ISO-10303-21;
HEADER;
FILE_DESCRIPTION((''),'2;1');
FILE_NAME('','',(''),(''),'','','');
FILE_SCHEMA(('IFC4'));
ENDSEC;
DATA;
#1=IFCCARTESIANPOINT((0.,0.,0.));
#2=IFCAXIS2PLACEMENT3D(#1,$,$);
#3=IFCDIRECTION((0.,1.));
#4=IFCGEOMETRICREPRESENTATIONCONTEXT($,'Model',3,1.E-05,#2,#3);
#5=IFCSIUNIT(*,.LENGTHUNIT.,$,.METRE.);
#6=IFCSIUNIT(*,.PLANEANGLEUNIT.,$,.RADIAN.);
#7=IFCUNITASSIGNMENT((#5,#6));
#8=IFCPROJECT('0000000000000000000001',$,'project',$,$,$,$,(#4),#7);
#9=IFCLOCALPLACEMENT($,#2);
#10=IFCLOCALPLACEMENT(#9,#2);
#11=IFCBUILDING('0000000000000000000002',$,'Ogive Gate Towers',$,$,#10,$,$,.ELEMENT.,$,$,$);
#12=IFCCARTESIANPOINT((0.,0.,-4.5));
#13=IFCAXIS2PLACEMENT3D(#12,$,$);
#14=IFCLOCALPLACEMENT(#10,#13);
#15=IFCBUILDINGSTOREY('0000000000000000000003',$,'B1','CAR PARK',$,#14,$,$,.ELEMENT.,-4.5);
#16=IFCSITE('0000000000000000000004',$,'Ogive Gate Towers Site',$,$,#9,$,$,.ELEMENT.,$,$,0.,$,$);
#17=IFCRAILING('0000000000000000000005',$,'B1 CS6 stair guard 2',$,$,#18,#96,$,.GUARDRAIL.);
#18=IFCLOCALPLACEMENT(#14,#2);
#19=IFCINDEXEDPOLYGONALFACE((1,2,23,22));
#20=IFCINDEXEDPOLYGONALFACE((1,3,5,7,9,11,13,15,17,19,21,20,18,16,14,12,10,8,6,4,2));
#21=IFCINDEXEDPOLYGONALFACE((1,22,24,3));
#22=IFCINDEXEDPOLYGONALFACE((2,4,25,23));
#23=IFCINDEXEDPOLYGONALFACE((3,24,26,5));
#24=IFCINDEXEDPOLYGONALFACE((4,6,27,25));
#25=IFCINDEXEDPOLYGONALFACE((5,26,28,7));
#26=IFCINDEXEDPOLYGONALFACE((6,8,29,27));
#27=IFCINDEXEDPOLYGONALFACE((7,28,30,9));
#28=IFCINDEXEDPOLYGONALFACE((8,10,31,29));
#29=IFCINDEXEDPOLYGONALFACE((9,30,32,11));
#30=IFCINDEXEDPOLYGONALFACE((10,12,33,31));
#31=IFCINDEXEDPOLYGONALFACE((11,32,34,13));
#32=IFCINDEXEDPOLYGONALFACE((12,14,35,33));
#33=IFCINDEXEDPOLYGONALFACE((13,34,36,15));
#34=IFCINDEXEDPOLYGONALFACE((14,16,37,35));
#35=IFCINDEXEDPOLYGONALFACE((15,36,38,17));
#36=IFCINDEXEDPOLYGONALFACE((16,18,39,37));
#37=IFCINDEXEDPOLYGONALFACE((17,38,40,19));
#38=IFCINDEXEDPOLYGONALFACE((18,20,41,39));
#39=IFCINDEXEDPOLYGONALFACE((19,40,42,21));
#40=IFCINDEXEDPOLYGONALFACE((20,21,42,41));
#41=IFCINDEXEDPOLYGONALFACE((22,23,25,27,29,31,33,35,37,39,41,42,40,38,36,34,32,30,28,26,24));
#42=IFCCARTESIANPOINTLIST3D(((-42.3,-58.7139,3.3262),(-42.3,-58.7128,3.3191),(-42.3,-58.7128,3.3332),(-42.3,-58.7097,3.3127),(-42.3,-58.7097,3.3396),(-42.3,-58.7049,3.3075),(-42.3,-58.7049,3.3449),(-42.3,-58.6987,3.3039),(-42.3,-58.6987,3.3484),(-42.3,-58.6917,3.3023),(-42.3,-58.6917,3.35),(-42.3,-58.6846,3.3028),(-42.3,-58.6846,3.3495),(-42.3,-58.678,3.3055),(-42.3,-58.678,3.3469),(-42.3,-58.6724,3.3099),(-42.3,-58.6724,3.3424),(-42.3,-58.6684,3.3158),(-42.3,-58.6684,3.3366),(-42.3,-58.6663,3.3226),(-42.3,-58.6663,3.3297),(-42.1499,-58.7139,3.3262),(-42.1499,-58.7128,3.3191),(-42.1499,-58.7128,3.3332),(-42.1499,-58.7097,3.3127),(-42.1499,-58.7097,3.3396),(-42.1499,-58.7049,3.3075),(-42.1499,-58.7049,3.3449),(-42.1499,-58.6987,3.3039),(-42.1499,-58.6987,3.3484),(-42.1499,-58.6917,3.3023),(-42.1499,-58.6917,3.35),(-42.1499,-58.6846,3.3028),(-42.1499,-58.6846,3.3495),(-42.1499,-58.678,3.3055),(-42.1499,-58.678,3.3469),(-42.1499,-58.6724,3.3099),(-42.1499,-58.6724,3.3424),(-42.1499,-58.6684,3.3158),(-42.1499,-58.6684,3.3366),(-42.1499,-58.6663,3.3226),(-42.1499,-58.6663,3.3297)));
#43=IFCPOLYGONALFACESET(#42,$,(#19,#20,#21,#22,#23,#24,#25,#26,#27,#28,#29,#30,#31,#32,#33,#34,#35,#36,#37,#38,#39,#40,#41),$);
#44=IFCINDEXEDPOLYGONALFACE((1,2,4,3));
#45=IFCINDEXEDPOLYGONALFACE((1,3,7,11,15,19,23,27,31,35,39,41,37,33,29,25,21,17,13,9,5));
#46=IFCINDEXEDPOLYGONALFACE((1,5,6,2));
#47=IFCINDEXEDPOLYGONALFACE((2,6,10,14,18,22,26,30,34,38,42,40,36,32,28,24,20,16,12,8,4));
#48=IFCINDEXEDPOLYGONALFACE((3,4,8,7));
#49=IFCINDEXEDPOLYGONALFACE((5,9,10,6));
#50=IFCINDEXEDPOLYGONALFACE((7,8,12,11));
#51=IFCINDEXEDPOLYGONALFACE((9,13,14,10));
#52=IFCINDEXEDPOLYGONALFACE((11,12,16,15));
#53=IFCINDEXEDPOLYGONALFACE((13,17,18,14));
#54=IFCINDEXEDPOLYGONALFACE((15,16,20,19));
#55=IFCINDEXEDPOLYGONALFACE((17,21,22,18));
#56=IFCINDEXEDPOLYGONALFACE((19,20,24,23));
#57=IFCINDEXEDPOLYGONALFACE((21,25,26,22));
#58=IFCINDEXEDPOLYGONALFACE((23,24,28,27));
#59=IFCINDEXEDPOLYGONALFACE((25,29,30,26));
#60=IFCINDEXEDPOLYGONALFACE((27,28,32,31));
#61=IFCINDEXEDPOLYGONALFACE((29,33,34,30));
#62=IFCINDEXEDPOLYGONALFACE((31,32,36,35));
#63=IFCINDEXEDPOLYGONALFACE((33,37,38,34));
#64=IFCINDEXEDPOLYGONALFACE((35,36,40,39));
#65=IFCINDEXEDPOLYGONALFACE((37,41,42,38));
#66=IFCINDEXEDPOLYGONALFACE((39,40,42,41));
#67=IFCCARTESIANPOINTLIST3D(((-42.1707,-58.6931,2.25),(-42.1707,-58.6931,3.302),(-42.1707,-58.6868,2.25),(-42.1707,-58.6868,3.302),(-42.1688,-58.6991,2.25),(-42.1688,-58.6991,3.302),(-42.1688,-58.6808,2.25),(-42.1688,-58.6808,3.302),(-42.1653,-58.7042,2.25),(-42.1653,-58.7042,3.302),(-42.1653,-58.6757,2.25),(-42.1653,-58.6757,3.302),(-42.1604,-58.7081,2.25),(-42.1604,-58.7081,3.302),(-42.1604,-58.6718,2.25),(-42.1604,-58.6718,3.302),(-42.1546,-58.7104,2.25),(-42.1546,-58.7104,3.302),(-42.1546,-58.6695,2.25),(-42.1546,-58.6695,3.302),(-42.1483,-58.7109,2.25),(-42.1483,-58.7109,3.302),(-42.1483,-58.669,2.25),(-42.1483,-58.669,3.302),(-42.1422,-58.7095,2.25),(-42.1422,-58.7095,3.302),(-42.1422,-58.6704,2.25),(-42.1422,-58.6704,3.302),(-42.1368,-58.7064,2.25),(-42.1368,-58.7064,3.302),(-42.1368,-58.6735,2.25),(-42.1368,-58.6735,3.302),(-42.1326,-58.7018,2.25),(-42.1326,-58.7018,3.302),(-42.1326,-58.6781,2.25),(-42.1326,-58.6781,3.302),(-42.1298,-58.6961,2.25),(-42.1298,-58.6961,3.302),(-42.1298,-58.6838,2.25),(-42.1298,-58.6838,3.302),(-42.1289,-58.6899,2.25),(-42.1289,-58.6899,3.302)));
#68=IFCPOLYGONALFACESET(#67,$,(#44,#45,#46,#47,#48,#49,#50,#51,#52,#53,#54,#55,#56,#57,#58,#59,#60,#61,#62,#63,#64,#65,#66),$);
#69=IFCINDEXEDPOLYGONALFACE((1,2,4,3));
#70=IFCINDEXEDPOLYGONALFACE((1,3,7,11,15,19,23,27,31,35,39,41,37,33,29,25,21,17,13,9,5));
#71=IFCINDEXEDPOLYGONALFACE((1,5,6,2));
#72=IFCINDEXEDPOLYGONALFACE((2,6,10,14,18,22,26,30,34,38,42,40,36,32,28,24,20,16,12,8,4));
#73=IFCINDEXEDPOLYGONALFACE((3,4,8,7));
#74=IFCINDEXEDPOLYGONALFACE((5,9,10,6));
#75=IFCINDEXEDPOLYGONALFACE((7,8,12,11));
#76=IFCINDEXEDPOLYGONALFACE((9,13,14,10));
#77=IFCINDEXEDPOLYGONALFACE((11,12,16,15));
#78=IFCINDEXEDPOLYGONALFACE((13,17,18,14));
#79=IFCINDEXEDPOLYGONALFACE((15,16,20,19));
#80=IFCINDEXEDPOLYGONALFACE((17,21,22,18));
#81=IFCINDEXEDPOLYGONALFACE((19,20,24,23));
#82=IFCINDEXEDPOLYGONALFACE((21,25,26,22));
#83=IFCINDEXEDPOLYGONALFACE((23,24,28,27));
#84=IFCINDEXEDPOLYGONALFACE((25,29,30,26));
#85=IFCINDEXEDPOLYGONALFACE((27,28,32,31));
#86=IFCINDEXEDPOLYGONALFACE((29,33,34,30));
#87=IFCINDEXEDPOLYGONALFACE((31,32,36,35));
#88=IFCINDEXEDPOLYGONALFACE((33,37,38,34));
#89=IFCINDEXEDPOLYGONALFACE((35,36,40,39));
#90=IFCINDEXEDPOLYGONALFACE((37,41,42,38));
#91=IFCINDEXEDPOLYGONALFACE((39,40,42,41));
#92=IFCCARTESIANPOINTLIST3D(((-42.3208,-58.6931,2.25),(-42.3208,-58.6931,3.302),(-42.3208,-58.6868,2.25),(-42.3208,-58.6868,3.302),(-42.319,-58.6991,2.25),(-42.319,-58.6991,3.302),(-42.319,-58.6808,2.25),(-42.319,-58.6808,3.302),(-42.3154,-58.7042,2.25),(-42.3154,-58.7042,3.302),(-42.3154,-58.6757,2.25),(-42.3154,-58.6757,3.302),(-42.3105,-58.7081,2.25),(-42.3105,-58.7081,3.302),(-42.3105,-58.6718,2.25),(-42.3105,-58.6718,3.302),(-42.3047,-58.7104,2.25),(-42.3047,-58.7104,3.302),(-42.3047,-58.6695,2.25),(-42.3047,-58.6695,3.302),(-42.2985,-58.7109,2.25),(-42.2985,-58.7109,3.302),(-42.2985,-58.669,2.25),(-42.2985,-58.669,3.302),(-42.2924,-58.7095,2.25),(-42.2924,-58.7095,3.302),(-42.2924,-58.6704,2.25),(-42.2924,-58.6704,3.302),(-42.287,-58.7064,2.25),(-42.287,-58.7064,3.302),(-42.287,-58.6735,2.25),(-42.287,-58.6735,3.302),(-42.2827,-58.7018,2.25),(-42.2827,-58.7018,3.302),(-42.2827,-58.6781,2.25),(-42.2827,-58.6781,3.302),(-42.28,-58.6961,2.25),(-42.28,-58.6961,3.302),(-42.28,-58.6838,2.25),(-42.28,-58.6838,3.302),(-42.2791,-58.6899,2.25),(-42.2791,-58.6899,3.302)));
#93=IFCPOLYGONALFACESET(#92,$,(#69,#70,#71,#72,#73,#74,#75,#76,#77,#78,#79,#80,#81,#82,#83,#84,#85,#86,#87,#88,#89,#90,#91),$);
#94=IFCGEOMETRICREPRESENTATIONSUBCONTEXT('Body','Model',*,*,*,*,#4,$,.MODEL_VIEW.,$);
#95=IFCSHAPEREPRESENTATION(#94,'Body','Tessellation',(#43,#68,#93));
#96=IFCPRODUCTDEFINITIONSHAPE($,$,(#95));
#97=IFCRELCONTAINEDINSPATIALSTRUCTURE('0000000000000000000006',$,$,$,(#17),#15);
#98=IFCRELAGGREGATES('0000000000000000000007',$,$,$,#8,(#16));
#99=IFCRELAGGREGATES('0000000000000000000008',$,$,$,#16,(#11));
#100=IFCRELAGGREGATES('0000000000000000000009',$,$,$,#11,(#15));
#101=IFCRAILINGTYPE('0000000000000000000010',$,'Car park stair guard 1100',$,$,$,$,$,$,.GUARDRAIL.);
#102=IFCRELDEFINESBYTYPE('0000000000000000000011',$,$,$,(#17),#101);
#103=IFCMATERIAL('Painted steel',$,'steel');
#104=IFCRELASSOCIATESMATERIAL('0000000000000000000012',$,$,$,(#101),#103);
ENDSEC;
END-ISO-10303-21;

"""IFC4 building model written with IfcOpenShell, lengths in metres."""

from ifc_helpers import new_model, si_unit, direction, frame, origin, origin_2d, place, context, subcontext, project, spatial, circle, extrude, material, type_object, element, save


model = new_model("IFC4")

# Units and contexts
model_context = context("Model", 3, precision=1e-05, world=origin(), true_north=direction((0.0, 1.0)))
body_context = subcontext(model_context, "Body", "Model", "MODEL_VIEW")
ifc_project = project(units=[si_unit("LENGTHUNIT", "METRE"), si_unit("PLANEANGLEUNIT", "RADIAN")], contexts=[model_context])

# Site, building, storey
site_placement = place(None, origin())
site = spatial("IfcSite", under=ifc_project, at=site_placement, Name="Ogive Gate Towers Site", CompositionType="ELEMENT", RefElevation=0.0)
building_placement = place(site_placement, origin())
building = spatial("IfcBuilding", under=site, at=building_placement, Name="Ogive Gate Towers", CompositionType="ELEMENT")
storey_placement = place(building_placement, frame((0.0, 0.0, -4.5)))
storey = spatial("IfcBuildingStorey", under=building, at=storey_placement, Name="B1", Description="CAR PARK", CompositionType="ELEMENT", Elevation=-4.5)

# Railing
ifc_material_1 = material(Name="Painted steel", Category="steel")
railing_type_1 = type_object("IfcRailingType", Name="Car park stair guard 1100", PredefinedType="GUARDRAIL", material=ifc_material_1)
railing_1_placement = place(storey_placement, frame((-42.1499, -58.6899, 2.25)))
element("IfcRailing", 1, at=railing_1_placement, inside=storey, type_object=railing_type_1, Name="B1 CS6 stair guard 2", PredefinedType="GUARDRAIL", context=body_context, shape_type="SweptSolid", body=[
    extrude(circle(Radius=0.0239, at=origin_2d()), frame((0.0, 0.0, 1.0762), z_axis=(-1.0, 0.0, 0.0), x_axis=(0.0, -1.0, 0.0)), (0.0, 0.0, 1.0), 0.1501),
    extrude(circle(Radius=0.021, at=origin_2d()), origin(), (0.0, 0.0, 1.0), 1.052),
    extrude(circle(Radius=0.021, at=origin_2d()), frame((-0.1501, 0.0, 0.0)), (0.0, 0.0, 1.0), 1.052),
])

save(model, "model.ifc")
